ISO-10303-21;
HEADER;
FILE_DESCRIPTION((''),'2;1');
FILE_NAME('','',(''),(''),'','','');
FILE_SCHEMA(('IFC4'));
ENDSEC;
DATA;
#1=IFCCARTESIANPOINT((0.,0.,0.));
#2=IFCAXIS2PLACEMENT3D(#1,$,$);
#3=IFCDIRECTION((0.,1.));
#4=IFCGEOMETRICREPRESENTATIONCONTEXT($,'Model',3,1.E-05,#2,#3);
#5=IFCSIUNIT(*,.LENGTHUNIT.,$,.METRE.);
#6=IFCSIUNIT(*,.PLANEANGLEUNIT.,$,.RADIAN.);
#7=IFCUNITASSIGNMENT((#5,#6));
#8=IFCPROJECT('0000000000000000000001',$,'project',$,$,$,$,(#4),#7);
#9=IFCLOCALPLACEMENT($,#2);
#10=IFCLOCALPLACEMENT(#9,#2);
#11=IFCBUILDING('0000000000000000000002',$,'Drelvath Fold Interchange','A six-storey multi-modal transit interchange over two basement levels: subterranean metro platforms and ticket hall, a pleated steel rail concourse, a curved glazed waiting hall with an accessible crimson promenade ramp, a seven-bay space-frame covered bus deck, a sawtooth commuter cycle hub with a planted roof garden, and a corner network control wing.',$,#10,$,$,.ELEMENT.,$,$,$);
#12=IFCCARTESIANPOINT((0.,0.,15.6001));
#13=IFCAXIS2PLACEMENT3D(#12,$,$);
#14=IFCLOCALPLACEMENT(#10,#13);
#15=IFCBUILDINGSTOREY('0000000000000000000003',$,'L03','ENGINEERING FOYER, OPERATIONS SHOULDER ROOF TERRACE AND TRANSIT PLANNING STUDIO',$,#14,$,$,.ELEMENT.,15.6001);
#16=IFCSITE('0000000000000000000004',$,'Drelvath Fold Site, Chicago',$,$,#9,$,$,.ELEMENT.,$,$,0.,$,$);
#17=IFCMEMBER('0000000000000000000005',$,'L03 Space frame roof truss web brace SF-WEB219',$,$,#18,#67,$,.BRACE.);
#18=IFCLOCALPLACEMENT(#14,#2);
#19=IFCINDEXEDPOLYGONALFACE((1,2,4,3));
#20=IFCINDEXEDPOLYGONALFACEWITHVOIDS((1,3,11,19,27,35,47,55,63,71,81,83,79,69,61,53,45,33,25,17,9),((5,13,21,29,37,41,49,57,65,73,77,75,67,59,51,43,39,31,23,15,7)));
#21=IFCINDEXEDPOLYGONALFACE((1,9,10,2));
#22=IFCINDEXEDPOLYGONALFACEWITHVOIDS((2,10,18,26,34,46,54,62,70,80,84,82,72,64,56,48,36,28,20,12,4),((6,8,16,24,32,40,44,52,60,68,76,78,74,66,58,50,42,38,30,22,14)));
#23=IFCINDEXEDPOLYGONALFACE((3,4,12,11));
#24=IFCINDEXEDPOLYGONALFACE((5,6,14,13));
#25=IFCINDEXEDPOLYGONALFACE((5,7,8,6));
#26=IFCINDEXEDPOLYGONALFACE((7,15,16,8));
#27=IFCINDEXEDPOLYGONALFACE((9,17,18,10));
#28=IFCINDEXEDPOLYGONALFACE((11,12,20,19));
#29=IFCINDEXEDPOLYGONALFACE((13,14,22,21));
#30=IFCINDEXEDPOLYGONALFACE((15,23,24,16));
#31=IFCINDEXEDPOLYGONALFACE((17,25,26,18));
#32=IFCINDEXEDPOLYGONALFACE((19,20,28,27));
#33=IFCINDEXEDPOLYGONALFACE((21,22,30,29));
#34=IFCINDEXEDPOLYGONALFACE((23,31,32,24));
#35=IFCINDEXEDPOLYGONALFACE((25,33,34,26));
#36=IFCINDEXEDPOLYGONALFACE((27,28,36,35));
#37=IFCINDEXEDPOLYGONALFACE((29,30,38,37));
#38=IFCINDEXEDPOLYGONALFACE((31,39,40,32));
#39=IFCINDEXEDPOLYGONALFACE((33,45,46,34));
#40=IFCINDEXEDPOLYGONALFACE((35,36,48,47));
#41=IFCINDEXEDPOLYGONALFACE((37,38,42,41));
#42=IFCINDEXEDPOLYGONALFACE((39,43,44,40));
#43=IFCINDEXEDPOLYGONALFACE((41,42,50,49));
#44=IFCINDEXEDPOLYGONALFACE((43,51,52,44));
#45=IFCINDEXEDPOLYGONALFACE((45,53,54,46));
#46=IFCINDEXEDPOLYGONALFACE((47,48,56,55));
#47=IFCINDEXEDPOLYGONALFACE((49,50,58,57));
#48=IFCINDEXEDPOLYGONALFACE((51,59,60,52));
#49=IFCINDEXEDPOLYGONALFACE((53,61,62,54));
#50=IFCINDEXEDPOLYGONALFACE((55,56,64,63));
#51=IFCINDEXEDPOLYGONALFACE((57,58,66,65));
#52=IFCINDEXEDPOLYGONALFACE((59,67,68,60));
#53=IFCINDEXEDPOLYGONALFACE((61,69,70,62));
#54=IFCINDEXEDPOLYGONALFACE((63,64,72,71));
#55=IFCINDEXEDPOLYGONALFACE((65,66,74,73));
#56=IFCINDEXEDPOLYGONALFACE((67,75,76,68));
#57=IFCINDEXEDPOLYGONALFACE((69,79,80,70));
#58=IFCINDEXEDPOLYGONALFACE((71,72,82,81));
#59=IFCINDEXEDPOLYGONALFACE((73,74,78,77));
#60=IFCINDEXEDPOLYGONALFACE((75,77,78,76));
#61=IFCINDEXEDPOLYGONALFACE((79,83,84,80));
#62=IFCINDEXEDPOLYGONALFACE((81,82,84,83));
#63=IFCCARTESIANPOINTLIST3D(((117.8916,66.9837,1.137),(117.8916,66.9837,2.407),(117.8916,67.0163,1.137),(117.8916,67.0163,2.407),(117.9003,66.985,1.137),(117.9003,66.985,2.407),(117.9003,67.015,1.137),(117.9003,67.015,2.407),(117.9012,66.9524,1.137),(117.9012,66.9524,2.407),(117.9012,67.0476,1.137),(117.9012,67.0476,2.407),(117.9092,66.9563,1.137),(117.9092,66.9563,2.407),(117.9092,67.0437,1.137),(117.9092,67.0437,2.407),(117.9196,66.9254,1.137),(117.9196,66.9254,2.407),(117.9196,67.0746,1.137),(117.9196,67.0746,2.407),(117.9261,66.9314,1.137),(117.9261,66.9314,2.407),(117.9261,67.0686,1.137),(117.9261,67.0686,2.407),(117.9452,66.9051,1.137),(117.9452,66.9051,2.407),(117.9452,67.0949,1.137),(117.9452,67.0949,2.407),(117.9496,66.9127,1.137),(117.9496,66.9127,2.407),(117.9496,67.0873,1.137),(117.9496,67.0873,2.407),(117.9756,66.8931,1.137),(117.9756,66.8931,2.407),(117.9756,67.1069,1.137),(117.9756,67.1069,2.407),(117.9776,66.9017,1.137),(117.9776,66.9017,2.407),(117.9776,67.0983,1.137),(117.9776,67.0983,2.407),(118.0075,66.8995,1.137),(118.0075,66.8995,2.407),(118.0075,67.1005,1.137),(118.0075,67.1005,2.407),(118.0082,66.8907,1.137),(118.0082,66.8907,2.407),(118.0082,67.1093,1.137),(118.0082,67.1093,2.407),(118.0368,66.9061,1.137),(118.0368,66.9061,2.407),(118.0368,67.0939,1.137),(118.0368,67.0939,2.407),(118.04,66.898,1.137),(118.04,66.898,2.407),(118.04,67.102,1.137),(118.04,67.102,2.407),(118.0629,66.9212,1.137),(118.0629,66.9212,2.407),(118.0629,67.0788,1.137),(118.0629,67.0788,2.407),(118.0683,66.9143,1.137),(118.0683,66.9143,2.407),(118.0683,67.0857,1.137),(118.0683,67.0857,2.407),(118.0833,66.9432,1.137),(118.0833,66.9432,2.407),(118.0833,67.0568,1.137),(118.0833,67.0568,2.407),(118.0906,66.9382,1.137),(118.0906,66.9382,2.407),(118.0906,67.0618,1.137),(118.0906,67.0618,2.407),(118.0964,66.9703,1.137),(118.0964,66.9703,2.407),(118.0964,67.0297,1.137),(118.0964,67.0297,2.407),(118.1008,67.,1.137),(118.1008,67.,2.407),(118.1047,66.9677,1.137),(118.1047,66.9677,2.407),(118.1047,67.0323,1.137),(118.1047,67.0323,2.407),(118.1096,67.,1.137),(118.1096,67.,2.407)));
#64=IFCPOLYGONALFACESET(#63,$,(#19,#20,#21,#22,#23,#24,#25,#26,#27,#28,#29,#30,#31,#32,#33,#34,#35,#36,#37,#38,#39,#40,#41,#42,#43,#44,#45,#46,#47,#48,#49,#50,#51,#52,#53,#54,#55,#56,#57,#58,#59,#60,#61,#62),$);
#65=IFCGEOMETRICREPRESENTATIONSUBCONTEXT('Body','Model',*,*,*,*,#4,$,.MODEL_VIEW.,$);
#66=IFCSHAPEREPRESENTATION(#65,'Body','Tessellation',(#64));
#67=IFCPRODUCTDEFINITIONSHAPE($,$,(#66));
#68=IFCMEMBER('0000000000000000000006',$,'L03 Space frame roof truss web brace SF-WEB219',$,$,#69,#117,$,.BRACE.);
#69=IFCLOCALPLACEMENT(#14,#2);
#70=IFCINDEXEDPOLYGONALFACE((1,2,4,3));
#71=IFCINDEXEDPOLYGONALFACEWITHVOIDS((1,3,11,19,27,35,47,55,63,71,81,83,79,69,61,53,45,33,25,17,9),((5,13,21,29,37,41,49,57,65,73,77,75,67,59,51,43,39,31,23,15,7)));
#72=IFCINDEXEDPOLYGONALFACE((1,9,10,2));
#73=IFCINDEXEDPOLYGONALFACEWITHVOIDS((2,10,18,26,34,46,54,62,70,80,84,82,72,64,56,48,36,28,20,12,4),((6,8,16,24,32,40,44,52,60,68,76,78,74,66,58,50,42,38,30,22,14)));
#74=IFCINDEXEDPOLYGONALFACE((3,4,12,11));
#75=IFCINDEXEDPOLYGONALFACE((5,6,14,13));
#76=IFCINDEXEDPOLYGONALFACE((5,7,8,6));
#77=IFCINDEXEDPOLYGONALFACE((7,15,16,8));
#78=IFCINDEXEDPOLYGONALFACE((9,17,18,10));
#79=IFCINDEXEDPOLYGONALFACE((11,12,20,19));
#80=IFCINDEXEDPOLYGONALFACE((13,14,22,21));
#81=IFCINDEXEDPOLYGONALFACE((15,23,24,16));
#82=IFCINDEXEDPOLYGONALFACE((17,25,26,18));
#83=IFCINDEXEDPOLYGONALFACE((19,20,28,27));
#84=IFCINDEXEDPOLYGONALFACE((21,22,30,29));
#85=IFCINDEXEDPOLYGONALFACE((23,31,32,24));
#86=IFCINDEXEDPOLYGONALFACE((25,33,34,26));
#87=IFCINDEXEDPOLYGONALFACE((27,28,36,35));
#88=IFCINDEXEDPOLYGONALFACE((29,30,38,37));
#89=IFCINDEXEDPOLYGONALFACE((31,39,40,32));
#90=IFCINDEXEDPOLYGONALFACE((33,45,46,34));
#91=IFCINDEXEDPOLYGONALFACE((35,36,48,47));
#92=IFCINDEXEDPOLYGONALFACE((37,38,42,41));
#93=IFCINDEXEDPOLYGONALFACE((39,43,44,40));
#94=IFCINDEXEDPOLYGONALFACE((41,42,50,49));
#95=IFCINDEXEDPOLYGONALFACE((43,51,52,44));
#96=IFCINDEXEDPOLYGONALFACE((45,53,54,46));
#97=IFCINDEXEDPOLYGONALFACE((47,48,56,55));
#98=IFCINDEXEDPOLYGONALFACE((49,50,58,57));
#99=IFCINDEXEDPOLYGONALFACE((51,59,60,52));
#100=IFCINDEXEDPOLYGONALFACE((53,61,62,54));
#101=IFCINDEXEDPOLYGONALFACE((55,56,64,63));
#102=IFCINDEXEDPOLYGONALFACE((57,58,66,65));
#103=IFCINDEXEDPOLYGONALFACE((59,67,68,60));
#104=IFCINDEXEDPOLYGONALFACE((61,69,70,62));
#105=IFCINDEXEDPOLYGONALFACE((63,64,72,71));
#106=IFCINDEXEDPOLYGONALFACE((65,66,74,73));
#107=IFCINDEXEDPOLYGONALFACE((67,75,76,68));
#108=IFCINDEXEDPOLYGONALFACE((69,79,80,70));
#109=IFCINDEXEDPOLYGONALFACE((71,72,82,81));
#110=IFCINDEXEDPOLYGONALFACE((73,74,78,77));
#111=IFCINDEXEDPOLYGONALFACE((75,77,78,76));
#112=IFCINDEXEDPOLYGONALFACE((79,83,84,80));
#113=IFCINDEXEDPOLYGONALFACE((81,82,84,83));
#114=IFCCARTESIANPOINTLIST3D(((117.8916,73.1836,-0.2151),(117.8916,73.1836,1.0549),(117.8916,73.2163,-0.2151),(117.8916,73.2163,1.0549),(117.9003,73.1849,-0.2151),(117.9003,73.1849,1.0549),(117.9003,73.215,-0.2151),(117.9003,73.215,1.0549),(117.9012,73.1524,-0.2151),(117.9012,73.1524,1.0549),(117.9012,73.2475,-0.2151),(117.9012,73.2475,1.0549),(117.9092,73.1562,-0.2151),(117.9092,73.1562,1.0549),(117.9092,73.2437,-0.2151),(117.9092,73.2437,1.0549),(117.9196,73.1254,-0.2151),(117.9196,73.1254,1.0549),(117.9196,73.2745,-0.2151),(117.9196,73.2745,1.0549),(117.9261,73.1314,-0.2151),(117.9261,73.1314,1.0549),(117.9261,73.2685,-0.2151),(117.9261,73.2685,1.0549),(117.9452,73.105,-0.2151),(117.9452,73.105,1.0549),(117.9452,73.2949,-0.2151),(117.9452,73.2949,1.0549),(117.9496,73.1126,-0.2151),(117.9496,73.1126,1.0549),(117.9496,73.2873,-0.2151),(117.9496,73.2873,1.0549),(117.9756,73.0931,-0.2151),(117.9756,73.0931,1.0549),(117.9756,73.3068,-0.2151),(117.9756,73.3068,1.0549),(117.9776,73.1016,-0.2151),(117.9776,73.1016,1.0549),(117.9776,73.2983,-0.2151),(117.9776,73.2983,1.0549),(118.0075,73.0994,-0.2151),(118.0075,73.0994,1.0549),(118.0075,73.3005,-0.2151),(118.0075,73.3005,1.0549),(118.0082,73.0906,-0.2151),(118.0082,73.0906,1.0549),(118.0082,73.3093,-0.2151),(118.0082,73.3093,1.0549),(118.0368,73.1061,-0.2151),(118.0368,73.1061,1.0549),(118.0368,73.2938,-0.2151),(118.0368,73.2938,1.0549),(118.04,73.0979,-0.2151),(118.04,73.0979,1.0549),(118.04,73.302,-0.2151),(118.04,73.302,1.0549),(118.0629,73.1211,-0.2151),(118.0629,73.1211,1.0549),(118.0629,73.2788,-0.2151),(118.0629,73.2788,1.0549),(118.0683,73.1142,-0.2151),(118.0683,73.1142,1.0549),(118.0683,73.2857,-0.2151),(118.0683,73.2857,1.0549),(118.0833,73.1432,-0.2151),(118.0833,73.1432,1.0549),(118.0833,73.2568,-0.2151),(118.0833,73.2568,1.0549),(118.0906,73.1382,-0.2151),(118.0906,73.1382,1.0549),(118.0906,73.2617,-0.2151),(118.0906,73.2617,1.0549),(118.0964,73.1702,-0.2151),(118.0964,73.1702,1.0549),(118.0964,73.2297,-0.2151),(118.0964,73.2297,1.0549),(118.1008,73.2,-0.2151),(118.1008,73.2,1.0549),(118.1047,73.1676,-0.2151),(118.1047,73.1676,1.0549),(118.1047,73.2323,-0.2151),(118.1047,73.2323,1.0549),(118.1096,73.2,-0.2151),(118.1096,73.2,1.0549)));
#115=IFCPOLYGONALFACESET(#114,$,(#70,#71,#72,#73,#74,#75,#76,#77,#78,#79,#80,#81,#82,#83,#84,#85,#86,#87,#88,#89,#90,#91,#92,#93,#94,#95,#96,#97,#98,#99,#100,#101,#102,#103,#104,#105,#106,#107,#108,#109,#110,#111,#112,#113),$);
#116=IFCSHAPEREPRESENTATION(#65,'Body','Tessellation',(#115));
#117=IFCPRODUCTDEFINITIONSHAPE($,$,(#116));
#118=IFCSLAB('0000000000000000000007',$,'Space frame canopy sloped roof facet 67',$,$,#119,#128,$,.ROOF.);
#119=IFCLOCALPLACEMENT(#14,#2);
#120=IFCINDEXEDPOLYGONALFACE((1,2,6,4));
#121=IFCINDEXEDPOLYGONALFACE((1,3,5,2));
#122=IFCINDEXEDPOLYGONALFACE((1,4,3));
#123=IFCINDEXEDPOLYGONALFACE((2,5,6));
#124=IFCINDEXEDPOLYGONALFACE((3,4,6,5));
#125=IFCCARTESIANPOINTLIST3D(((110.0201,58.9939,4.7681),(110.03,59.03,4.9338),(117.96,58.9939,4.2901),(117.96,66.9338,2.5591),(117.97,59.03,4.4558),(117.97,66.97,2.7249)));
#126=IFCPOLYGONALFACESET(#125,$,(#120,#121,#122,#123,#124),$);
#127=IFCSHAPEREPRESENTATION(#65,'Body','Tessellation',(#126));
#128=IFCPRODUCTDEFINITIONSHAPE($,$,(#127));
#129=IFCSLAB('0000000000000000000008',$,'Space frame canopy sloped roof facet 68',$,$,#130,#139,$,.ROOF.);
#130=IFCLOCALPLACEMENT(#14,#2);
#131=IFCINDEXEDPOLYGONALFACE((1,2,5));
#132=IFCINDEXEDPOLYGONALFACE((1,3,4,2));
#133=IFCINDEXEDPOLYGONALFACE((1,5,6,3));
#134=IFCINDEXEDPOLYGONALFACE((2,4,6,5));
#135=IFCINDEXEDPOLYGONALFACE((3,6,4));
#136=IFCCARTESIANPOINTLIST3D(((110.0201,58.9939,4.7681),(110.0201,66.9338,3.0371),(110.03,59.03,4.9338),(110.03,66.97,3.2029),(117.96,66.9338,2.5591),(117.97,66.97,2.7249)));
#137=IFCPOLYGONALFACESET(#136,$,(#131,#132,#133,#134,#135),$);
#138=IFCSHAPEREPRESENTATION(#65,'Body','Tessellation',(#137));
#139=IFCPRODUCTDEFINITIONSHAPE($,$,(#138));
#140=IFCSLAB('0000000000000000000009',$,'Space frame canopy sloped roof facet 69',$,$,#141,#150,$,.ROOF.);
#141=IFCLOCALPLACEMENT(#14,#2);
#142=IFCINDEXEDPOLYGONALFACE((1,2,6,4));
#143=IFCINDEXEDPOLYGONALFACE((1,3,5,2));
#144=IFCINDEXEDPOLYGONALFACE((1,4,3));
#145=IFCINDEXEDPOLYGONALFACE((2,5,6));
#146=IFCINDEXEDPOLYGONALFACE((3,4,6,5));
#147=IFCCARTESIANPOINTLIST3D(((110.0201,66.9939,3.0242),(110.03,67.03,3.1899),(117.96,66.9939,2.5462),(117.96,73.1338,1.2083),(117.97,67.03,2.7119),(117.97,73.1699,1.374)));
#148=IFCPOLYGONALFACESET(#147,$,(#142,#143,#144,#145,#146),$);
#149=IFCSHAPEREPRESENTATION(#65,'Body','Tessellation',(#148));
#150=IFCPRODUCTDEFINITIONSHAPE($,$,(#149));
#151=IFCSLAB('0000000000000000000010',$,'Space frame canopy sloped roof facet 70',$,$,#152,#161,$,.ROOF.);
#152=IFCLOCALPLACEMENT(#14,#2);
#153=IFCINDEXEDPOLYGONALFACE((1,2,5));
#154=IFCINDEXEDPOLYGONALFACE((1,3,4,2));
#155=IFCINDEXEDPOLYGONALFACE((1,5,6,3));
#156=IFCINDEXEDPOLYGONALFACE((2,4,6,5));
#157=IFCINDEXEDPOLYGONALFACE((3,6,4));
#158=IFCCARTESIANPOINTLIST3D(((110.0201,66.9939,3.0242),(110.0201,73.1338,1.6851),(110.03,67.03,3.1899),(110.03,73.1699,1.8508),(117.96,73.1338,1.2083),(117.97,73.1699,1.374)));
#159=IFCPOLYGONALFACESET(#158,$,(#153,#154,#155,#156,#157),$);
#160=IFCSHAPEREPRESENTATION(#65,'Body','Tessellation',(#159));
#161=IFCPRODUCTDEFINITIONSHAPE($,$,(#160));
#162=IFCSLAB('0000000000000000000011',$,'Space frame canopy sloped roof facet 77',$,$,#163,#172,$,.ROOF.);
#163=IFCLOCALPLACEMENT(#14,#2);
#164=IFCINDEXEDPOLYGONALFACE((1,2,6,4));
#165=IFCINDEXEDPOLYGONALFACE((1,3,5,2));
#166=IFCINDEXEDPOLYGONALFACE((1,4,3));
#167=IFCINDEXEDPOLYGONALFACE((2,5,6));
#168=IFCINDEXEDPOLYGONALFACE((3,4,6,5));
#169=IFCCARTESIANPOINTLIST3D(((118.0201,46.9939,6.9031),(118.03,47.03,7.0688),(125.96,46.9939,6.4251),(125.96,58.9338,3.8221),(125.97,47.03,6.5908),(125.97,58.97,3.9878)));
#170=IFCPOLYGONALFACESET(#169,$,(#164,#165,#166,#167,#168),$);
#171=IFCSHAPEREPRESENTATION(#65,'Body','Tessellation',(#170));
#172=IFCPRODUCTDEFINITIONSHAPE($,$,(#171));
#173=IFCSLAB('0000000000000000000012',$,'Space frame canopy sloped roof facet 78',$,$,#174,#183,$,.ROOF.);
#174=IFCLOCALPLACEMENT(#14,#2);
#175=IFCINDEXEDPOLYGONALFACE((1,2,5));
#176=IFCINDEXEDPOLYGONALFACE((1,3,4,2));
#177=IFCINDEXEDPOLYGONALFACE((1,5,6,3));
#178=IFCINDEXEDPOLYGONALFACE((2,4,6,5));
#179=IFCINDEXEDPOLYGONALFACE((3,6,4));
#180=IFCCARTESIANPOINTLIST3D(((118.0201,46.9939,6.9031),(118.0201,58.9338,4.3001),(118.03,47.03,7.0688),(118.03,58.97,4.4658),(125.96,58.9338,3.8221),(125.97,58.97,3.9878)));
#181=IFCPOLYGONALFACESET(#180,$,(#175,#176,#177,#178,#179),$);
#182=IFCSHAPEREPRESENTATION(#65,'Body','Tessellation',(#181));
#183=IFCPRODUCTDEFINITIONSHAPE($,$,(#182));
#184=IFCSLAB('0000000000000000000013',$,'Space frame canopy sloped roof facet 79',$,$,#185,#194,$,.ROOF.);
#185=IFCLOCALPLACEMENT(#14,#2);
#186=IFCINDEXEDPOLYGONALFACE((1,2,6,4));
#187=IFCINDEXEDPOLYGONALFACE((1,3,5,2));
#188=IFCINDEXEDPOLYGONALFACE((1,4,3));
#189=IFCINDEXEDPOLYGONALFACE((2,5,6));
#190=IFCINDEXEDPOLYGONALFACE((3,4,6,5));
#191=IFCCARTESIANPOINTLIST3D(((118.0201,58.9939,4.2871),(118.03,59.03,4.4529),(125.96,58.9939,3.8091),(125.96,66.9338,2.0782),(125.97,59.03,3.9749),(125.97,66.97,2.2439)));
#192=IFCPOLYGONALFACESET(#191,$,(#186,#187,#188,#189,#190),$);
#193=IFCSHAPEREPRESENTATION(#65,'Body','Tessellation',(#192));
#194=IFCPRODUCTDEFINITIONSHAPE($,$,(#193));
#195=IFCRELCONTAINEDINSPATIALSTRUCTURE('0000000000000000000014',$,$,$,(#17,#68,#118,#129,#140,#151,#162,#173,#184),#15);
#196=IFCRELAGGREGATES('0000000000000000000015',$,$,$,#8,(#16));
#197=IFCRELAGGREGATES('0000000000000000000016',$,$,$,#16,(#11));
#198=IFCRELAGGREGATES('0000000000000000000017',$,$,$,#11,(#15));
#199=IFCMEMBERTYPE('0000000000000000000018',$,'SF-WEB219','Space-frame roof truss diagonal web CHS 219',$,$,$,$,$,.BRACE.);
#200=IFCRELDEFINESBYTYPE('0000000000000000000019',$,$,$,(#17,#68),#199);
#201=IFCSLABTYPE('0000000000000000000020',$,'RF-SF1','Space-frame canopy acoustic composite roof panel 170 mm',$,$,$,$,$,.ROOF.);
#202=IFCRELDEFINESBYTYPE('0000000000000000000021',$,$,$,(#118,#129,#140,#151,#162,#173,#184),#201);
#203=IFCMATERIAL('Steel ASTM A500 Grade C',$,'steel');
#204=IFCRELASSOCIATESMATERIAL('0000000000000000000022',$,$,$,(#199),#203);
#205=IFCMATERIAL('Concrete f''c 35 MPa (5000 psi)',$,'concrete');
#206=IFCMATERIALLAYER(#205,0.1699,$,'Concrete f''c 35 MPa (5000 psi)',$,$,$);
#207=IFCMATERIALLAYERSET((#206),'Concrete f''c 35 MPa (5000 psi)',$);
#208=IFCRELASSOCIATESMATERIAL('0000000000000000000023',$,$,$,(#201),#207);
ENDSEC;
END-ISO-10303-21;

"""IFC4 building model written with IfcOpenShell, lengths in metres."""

from ifc_helpers import new_model, si_unit, direction, frame, origin, origin_2d, place, context, subcontext, project, spatial, polyline, hollow_circle, outline, extrude, material, layer, layer_set, material_profile, profile_set, type_object, element, save


model = new_model("IFC4")

# Units and contexts
model_context = context("Model", 3, precision=1e-05, world=origin(), true_north=direction((0.0, 1.0)))
body_context = subcontext(model_context, "Body", "Model", "MODEL_VIEW")
ifc_project = project(units=[si_unit("LENGTHUNIT", "METRE"), si_unit("PLANEANGLEUNIT", "RADIAN")], contexts=[model_context])

# Site, building, storey
site_placement = place(None, origin())
site = spatial("IfcSite", under=ifc_project, at=site_placement, Name="Drelvath Fold Site, Chicago", CompositionType="ELEMENT", RefElevation=0.0)
building_placement = place(site_placement, origin())
building = spatial("IfcBuilding", under=site, at=building_placement, Name="Drelvath Fold Interchange", Description="A six-storey multi-modal transit interchange over two basement levels: subterranean metro platforms and ticket hall, a pleated steel rail concourse, a curved glazed waiting hall with an accessible crimson promenade ramp, a seven-bay space-frame covered bus deck, a sawtooth commuter cycle hub with a planted roof garden, and a corner network control wing.", CompositionType="ELEMENT")
storey_placement = place(building_placement, frame((0.0, 0.0, 15.6001)))
storey = spatial("IfcBuildingStorey", under=building, at=storey_placement, Name="L03", Description="ENGINEERING FOYER, OPERATIONS SHOULDER ROOF TERRACE AND TRANSIT PLANNING STUDIO", CompositionType="ELEMENT", Elevation=15.6001)

# Shared definitions
ifc_material_1 = material(Name="Steel ASTM A500 Grade C", Category="steel")

# Members
ifc_material_profile_1 = material_profile(ifc_material_1, hollow_circle(Radius=0.1096, WallThickness=0.0088, at=origin_2d()), Name="HSS8.625X0.375")
ifc_profile_set_1 = profile_set([ifc_material_profile_1], Name="Steel ASTM A500 Grade C")
member_type_1 = type_object("IfcMemberType", Name="SF-WEB219", Description="Space-frame roof truss diagonal web CHS 219", PredefinedType="BRACE", material=ifc_profile_set_1)
for number, where, z_axis, x_axis, name in (
    (1, (118.0, 67.0, 1.137), (0.0, 0.0, 1.0), (1.0, 0.0, 0.0), "L03 Space frame roof truss web brace SF-WEB219"),
    (2, (118.0, 73.2, -0.2151), (0.0, 0.0, 1.0), (1.0, 0.0, 0.0), "L03 Space frame roof truss web brace SF-WEB219"),
):
    element("IfcMember", number, at=place(storey_placement, frame(where, z_axis=z_axis, x_axis=x_axis)), inside=storey, type_object=member_type_1, Name=name, PredefinedType="BRACE", context=body_context, shape_type="SweptSolid", body=[
        extrude(hollow_circle(Radius=0.1096, WallThickness=0.0088, at=origin_2d()), origin(), (0.0, 0.0, 1.0), 1.27),
    ])

# Slabs
ifc_material_2 = material(Name="Concrete f'c 35 MPa (5000 psi)", Category="concrete")
ifc_layer_1 = layer(ifc_material_2, 0.1699, Name="Concrete f'c 35 MPa (5000 psi)")
ifc_layer_set_1 = layer_set([ifc_layer_1], Name="Concrete f'c 35 MPa (5000 psi)")
slab_type = type_object("IfcSlabType", Name="RF-SF1", Description="Space-frame canopy acoustic composite roof panel 170 mm", PredefinedType="ROOF", material=ifc_layer_set_1)
slab_1_placement = place(storey_placement, frame((110.03, 59.03, 4.9338), z_axis=(0.058722, 0.212636, 0.975365), x_axis=(0.998193, 0.0, -0.060097)))
element("IfcSlab", 3, at=slab_1_placement, inside=storey, type_object=slab_type, Name="Space frame canopy sloped roof facet 67", PredefinedType="ROOF", context=body_context, shape_type="SweptSolid", body=[
    extrude(outline(polyline([(0.0, 0.0), (7.9543, 0.0), (8.0583, 8.1258), (0.0, 0.0)])), origin(), (0.0, 0.0, -1.0), 0.1699),
])
slab_2_placement = place(storey_placement, frame((110.03, 59.03, 4.9338), z_axis=(0.058722, 0.212636, 0.975365), x_axis=(0.693809, 0.693809, -0.193026)))
element("IfcSlab", 4, at=slab_2_placement, inside=storey, type_object=slab_type, Name="Space frame canopy sloped roof facet 68", PredefinedType="ROOF", context=body_context, shape_type="SweptSolid", body=[
    extrude(outline(polyline([(0.0, 0.0), (11.444, 0.0), (5.8429, 5.6479), (0.0, 0.0)])), origin(), (0.0, 0.0, -1.0), 0.1699),
])
slab_3_placement = place(storey_placement, frame((110.03, 67.03, 3.1899), z_axis=(0.058724, 0.212538, 0.975387), x_axis=(0.998193, 0.0, -0.060097)))
element("IfcSlab", 5, at=slab_3_placement, inside=storey, type_object=slab_type, Name="Space frame canopy sloped roof facet 69", PredefinedType="ROOF", context=body_context, shape_type="SweptSolid", body=[
    extrude(outline(polyline([(0.0, 0.0), (7.9543, 0.0), (8.0347, 6.2835), (0.0, 0.0)])), origin(), (0.0, 0.0, -1.0), 0.1699),
])
slab_4_placement = place(storey_placement, frame((110.03, 67.03, 3.1899), z_axis=(0.058572, 0.212725, 0.975355), x_axis=(0.778431, 0.601955, -0.178032)))
element("IfcSlab", 6, at=slab_4_placement, inside=storey, type_object=slab_type, Name="Space frame canopy sloped roof facet 70", PredefinedType="ROOF", context=body_context, shape_type="SweptSolid", body=[
    extrude(outline(polyline([(0.0, 0.0), (10.1999, 0.0), (3.9343, 4.9003), (0.0, 0.0)])), origin(), (0.0, 0.0, -1.0), 0.1699),
])
slab_5_placement = place(storey_placement, frame((118.03, 47.03, 7.0688), z_axis=(0.058722, 0.212639, 0.975365), x_axis=(0.998193, 0.0, -0.060097)))
element("IfcSlab", 7, at=slab_5_placement, inside=storey, type_object=slab_type, Name="Space frame canopy sloped roof facet 77", PredefinedType="ROOF", context=body_context, shape_type="SweptSolid", body=[
    extrude(outline(polyline([(0.0, 0.0), (7.9543, 0.0), (8.1108, 12.2194), (0.0, 0.0)])), origin(), (0.0, 0.0, -1.0), 0.1699),
])
slab_6_placement = place(storey_placement, frame((118.03, 47.03, 7.0688), z_axis=(0.058722, 0.212639, 0.975365), x_axis=(0.541376, 0.814112, -0.210078)))
element("IfcSlab", 8, at=slab_6_placement, inside=storey, type_object=slab_type, Name="Space frame canopy sloped roof facet 78", PredefinedType="ROOF", context=body_context, shape_type="SweptSolid", body=[
    extrude(outline(polyline([(0.0, 0.0), (14.6662, 0.0), (10.2673, 6.6273), (0.0, 0.0)])), origin(), (0.0, 0.0, -1.0), 0.1699),
])
slab_7_placement = place(storey_placement, frame((118.03, 59.03, 4.4529), z_axis=(0.058722, 0.212636, 0.975365), x_axis=(0.998193, 0.0, -0.060097)))
element("IfcSlab", 9, at=slab_7_placement, inside=storey, type_object=slab_type, Name="Space frame canopy sloped roof facet 79", PredefinedType="ROOF", context=body_context, shape_type="SweptSolid", body=[
    extrude(outline(polyline([(0.0, 0.0), (7.9543, 0.0), (8.0583, 8.1258), (0.0, 0.0)])), origin(), (0.0, 0.0, -1.0), 0.1699),
])

save(model, "model.ifc")
